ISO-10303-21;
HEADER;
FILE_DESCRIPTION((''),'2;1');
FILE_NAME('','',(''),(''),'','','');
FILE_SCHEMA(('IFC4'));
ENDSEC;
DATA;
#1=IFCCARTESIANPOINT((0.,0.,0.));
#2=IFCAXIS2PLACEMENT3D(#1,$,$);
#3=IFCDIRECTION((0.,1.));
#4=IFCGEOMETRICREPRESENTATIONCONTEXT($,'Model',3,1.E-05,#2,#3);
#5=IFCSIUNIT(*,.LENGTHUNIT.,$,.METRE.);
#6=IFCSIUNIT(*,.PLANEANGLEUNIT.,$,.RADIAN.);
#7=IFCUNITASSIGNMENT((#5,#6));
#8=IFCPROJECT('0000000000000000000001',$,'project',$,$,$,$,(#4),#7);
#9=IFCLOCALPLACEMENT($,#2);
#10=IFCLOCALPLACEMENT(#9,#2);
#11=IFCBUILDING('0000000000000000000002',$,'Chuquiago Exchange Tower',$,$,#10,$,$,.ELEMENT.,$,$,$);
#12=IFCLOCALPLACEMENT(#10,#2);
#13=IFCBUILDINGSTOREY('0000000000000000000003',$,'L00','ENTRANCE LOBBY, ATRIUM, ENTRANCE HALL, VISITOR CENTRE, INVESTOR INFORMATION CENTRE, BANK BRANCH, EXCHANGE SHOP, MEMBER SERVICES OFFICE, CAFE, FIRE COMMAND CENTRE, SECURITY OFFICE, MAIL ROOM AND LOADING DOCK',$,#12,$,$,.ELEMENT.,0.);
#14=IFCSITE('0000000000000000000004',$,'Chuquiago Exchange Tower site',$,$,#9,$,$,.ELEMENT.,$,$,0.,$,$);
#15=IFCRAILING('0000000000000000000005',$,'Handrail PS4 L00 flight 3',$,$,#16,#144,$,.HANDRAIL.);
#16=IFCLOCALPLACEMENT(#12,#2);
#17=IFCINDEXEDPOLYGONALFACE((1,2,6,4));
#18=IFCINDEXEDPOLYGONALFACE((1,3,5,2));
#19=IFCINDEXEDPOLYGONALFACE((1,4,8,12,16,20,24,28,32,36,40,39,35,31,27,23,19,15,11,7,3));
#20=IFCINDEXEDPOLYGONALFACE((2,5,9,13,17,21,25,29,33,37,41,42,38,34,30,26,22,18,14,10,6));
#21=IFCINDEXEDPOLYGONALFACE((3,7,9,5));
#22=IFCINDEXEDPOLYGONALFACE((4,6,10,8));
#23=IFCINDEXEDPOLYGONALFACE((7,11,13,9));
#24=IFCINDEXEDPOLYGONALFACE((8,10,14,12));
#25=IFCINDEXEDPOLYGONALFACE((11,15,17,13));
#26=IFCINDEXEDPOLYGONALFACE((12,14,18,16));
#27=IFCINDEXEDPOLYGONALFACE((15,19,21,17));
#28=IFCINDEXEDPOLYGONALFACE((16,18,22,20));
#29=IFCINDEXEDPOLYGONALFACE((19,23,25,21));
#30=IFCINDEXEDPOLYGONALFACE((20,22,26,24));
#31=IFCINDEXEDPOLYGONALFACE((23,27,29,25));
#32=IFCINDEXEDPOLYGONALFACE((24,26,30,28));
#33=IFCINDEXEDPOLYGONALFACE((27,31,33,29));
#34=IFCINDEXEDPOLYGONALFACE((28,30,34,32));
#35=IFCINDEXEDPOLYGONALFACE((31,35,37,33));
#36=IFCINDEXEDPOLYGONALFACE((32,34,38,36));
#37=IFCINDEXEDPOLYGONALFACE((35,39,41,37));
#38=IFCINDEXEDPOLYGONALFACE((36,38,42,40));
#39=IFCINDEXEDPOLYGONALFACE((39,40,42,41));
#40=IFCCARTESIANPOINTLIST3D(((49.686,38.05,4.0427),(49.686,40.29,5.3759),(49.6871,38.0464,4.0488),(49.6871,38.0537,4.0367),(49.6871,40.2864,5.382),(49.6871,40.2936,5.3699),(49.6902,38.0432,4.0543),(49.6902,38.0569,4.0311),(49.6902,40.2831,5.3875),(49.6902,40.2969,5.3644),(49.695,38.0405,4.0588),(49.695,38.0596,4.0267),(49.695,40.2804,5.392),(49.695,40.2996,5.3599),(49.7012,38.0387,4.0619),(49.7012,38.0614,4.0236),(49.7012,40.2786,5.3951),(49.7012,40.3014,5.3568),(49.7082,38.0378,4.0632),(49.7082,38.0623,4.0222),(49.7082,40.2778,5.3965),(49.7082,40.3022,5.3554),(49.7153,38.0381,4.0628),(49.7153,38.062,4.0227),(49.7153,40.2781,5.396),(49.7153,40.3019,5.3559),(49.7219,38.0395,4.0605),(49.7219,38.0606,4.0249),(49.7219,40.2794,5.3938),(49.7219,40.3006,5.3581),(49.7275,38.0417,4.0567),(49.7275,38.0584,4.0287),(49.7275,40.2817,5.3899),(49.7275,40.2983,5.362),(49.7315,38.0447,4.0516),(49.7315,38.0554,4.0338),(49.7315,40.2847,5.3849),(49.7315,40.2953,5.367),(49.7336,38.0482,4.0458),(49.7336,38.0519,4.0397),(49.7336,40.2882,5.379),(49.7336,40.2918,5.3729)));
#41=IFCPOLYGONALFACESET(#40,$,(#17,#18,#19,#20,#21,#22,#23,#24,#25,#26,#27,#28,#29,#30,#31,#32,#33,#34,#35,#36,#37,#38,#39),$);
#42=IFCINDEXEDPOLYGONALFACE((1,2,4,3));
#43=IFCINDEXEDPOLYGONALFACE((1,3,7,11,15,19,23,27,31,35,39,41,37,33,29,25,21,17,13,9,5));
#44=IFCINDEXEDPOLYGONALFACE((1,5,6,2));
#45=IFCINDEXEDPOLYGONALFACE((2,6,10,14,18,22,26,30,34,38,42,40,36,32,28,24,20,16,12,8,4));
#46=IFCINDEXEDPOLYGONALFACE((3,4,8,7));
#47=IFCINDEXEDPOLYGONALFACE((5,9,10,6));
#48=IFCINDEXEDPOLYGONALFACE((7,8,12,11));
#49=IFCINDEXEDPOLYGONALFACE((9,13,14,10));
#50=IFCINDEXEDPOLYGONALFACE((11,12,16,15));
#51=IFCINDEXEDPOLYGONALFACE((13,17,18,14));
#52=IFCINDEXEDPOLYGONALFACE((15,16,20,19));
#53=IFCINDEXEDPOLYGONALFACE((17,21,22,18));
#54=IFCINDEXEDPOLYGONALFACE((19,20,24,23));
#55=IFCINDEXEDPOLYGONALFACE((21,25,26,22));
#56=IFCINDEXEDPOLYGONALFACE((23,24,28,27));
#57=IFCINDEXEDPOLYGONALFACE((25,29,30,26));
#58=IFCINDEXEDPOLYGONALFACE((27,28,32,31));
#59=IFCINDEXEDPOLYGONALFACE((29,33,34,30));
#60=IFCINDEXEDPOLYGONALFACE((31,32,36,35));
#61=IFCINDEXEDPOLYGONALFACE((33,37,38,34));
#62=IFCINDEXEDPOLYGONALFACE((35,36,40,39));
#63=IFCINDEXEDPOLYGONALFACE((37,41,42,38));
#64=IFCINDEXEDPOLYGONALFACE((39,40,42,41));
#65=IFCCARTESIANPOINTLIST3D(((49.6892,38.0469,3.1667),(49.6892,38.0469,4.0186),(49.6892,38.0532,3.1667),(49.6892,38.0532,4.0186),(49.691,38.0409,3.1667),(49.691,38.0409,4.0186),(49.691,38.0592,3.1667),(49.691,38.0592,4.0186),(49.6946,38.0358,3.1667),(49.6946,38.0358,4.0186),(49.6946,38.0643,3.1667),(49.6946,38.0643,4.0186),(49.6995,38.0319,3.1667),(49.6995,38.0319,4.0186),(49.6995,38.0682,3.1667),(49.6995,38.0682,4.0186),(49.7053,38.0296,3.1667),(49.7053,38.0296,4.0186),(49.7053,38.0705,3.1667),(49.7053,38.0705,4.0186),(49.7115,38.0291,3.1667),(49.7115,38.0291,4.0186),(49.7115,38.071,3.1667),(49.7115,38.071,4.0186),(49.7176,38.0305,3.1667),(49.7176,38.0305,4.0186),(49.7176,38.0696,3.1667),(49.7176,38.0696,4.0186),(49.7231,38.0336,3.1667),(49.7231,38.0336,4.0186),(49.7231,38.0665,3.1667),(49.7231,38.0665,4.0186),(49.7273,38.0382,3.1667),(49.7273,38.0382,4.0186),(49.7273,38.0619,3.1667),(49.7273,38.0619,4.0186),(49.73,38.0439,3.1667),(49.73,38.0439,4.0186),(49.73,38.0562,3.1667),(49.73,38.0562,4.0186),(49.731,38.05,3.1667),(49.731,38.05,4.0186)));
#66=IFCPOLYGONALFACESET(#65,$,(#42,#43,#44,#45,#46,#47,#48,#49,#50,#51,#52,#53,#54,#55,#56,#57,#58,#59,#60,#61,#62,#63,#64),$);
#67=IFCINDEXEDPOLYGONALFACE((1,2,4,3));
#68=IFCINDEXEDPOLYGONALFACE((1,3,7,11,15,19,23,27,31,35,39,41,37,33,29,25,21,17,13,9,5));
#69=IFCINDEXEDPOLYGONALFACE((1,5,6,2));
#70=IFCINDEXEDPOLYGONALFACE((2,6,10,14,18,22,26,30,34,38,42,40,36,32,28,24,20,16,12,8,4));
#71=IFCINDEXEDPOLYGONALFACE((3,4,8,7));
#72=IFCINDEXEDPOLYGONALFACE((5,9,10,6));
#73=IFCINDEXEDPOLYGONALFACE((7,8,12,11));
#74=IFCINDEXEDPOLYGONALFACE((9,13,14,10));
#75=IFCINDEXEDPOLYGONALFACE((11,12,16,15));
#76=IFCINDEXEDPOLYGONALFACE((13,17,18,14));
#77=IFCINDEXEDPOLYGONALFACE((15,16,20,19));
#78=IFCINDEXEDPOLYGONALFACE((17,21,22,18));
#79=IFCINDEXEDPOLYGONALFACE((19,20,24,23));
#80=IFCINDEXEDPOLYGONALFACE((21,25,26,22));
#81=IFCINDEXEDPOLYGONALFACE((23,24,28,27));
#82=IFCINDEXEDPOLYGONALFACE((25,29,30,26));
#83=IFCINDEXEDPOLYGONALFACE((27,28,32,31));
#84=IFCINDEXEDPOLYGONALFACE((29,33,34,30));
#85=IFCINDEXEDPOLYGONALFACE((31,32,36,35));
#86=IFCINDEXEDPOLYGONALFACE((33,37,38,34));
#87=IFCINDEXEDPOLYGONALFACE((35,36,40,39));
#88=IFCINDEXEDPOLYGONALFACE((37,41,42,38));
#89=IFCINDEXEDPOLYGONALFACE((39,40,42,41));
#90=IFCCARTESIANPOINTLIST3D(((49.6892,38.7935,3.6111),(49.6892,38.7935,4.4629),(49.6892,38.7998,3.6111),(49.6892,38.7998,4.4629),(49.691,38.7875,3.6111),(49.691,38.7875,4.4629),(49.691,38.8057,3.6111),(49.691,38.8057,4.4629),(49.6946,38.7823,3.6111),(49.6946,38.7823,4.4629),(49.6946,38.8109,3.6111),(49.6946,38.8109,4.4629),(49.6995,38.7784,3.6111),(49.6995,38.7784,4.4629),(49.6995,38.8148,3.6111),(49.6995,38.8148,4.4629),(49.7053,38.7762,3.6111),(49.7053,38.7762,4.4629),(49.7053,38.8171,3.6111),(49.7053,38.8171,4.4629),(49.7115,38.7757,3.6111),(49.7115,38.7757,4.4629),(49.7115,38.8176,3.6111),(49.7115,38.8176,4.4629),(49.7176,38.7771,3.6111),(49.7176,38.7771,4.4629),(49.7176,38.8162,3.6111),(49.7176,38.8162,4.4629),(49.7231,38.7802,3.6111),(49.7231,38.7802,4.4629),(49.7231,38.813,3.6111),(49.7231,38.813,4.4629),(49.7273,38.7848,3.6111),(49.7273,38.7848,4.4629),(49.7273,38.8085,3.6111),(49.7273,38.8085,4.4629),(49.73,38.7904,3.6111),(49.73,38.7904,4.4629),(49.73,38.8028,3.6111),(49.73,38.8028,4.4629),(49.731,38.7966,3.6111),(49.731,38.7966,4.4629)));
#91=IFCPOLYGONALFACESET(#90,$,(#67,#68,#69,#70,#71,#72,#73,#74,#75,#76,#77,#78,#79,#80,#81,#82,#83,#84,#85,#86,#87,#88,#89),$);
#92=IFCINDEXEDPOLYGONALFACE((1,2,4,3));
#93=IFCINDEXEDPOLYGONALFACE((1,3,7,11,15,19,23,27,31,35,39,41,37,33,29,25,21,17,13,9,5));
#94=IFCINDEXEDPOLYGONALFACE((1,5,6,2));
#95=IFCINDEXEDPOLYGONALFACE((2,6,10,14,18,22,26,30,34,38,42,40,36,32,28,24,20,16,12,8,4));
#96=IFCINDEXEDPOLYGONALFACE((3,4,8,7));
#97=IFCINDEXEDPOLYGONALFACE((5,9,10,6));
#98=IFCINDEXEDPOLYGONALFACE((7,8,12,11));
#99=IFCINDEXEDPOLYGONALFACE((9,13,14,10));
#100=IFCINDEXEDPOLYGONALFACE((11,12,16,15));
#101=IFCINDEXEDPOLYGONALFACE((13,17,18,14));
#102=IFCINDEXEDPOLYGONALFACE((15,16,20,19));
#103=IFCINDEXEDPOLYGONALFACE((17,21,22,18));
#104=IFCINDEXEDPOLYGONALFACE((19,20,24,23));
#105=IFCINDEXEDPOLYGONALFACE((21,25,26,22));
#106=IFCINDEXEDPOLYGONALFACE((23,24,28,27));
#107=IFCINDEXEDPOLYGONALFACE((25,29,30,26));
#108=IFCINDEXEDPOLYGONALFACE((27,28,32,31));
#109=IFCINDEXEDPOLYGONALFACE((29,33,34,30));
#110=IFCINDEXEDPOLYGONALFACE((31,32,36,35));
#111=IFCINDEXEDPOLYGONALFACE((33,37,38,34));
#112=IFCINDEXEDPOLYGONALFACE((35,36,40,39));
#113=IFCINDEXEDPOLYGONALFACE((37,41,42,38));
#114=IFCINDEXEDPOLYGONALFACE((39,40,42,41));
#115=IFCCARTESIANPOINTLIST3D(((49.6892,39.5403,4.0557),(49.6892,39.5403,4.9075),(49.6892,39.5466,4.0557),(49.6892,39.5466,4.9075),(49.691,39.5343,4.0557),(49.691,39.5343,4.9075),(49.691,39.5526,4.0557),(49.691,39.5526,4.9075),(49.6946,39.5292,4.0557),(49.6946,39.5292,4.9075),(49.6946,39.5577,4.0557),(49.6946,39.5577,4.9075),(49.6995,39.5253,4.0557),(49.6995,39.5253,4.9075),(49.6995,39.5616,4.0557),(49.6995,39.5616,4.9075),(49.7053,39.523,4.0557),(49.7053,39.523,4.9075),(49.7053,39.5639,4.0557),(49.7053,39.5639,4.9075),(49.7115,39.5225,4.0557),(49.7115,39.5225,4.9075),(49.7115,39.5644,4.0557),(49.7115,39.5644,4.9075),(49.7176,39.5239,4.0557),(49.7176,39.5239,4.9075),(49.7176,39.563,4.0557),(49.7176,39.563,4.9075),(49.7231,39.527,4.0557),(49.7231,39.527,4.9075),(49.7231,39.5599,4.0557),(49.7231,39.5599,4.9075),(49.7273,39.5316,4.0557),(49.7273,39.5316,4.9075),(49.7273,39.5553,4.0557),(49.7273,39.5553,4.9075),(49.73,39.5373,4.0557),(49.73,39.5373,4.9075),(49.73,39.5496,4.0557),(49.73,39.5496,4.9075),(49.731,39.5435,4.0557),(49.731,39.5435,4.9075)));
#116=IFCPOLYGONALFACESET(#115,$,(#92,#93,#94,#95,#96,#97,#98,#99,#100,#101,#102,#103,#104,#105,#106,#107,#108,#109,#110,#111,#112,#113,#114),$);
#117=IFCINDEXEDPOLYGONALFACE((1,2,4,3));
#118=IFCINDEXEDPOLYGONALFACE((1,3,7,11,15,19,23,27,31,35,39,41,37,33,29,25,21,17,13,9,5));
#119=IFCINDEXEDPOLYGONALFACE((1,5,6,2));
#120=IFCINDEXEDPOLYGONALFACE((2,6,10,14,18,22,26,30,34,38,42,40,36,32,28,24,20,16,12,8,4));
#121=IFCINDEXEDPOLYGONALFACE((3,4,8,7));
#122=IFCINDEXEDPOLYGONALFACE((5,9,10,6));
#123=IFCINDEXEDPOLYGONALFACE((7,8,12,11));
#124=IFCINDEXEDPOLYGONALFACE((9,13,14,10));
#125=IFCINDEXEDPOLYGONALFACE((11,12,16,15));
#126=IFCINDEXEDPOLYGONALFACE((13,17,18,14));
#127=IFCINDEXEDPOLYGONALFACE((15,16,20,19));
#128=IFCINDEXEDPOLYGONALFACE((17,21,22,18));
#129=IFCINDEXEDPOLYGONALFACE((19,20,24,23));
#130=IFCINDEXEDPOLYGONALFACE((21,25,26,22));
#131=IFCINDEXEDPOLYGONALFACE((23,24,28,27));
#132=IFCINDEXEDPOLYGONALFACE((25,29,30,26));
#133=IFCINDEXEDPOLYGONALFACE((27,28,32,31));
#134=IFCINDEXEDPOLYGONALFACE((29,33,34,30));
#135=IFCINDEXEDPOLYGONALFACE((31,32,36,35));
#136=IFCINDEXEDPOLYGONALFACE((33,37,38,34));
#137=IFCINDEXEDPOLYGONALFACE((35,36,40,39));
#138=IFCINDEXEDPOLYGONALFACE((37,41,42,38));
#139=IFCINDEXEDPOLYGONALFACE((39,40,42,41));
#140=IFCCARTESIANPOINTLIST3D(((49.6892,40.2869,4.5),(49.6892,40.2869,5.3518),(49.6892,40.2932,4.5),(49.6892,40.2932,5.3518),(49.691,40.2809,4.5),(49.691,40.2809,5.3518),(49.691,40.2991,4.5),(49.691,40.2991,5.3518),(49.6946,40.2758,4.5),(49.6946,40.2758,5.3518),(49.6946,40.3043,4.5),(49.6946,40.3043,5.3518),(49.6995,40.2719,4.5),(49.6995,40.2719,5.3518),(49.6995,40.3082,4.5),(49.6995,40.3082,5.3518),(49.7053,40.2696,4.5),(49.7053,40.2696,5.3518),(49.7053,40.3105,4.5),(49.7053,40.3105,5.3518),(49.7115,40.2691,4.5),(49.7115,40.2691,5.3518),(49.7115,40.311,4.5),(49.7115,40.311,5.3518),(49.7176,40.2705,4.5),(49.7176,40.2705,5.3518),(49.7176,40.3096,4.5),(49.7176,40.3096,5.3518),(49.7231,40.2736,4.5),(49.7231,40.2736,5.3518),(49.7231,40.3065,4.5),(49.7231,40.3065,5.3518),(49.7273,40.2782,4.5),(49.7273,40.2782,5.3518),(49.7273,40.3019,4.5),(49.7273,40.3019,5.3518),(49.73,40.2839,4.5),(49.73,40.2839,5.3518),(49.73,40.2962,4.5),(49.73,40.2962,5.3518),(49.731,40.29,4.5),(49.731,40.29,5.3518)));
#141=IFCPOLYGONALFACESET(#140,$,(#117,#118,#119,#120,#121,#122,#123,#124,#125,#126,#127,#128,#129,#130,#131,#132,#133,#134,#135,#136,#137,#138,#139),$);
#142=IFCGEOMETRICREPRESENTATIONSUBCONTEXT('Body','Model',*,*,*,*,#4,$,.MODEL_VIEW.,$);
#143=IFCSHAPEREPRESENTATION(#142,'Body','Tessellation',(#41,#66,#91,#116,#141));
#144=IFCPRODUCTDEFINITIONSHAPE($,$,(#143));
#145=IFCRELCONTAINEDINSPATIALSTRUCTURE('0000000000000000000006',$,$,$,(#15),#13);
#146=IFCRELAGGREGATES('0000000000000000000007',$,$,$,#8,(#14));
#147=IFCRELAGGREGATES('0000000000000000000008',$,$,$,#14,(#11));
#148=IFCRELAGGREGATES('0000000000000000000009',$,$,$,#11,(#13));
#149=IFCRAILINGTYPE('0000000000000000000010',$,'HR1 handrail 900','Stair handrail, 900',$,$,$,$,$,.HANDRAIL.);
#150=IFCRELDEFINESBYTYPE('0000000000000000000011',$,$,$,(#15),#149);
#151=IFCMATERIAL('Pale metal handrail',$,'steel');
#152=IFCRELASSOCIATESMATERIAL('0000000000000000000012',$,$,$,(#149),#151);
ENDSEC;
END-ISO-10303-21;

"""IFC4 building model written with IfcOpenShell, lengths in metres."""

from ifc_helpers import new_model, si_unit, direction, frame, origin, origin_2d, place, context, subcontext, project, spatial, circle, extrude, material, type_object, element, save


model = new_model("IFC4")

# Units and contexts
model_context = context("Model", 3, precision=1e-05, world=origin(), true_north=direction((0.0, 1.0)))
body_context = subcontext(model_context, "Body", "Model", "MODEL_VIEW")
ifc_project = project(units=[si_unit("LENGTHUNIT", "METRE"), si_unit("PLANEANGLEUNIT", "RADIAN")], contexts=[model_context])

# Site, building, storey
site_placement = place(None, origin())
site = spatial("IfcSite", under=ifc_project, at=site_placement, Name="Chuquiago Exchange Tower site", CompositionType="ELEMENT", RefElevation=0.0)
building_placement = place(site_placement, origin())
building = spatial("IfcBuilding", under=site, at=building_placement, Name="Chuquiago Exchange Tower", CompositionType="ELEMENT")
storey_placement = place(building_placement, origin())
storey = spatial("IfcBuildingStorey", under=building, at=storey_placement, Name="L00", Description="ENTRANCE LOBBY, ATRIUM, ENTRANCE HALL, VISITOR CENTRE, INVESTOR INFORMATION CENTRE, BANK BRANCH, EXCHANGE SHOP, MEMBER SERVICES OFFICE, CAFE, FIRE COMMAND CENTRE, SECURITY OFFICE, MAIL ROOM AND LOADING DOCK", CompositionType="ELEMENT", Elevation=0.0)

# Railing
ifc_material_1 = material(Name="Pale metal handrail", Category="steel")
railing_type = type_object("IfcRailingType", Name="HR1 handrail 900", Description="Stair handrail, 900", PredefinedType="HANDRAIL", material=ifc_material_1)
for number, where, name in (
    (1, (49.71, 38.05, 3.1667), "Handrail PS4 L00 flight 3"),
):
    element("IfcRailing", number, at=place(storey_placement, frame(where)), inside=storey, type_object=railing_type, Name=name, PredefinedType="HANDRAIL", context=body_context, shape_type="SweptSolid", body=[
        extrude(circle(Radius=0.0239, at=origin_2d()), frame((0.0, 0.0, 0.876), z_axis=(0.0, 0.859306, 0.511462), x_axis=(-1.0, 0.0, 0.0)), (0.0, 0.0, 1.0), 2.6067),
        extrude(circle(Radius=0.021, at=origin_2d()), origin(), (0.0, 0.0, 1.0), 0.8518),
        extrude(circle(Radius=0.021, at=origin_2d()), frame((0.0, 0.7466, 0.4443)), (0.0, 0.0, 1.0), 0.8518),
        extrude(circle(Radius=0.021, at=origin_2d()), frame((0.0, 1.4934, 0.8889)), (0.0, 0.0, 1.0), 0.8518),
        extrude(circle(Radius=0.021, at=origin_2d()), frame((0.0, 2.24, 1.3333)), (0.0, 0.0, 1.0), 0.8518),
    ])

save(model, "model.ifc")
